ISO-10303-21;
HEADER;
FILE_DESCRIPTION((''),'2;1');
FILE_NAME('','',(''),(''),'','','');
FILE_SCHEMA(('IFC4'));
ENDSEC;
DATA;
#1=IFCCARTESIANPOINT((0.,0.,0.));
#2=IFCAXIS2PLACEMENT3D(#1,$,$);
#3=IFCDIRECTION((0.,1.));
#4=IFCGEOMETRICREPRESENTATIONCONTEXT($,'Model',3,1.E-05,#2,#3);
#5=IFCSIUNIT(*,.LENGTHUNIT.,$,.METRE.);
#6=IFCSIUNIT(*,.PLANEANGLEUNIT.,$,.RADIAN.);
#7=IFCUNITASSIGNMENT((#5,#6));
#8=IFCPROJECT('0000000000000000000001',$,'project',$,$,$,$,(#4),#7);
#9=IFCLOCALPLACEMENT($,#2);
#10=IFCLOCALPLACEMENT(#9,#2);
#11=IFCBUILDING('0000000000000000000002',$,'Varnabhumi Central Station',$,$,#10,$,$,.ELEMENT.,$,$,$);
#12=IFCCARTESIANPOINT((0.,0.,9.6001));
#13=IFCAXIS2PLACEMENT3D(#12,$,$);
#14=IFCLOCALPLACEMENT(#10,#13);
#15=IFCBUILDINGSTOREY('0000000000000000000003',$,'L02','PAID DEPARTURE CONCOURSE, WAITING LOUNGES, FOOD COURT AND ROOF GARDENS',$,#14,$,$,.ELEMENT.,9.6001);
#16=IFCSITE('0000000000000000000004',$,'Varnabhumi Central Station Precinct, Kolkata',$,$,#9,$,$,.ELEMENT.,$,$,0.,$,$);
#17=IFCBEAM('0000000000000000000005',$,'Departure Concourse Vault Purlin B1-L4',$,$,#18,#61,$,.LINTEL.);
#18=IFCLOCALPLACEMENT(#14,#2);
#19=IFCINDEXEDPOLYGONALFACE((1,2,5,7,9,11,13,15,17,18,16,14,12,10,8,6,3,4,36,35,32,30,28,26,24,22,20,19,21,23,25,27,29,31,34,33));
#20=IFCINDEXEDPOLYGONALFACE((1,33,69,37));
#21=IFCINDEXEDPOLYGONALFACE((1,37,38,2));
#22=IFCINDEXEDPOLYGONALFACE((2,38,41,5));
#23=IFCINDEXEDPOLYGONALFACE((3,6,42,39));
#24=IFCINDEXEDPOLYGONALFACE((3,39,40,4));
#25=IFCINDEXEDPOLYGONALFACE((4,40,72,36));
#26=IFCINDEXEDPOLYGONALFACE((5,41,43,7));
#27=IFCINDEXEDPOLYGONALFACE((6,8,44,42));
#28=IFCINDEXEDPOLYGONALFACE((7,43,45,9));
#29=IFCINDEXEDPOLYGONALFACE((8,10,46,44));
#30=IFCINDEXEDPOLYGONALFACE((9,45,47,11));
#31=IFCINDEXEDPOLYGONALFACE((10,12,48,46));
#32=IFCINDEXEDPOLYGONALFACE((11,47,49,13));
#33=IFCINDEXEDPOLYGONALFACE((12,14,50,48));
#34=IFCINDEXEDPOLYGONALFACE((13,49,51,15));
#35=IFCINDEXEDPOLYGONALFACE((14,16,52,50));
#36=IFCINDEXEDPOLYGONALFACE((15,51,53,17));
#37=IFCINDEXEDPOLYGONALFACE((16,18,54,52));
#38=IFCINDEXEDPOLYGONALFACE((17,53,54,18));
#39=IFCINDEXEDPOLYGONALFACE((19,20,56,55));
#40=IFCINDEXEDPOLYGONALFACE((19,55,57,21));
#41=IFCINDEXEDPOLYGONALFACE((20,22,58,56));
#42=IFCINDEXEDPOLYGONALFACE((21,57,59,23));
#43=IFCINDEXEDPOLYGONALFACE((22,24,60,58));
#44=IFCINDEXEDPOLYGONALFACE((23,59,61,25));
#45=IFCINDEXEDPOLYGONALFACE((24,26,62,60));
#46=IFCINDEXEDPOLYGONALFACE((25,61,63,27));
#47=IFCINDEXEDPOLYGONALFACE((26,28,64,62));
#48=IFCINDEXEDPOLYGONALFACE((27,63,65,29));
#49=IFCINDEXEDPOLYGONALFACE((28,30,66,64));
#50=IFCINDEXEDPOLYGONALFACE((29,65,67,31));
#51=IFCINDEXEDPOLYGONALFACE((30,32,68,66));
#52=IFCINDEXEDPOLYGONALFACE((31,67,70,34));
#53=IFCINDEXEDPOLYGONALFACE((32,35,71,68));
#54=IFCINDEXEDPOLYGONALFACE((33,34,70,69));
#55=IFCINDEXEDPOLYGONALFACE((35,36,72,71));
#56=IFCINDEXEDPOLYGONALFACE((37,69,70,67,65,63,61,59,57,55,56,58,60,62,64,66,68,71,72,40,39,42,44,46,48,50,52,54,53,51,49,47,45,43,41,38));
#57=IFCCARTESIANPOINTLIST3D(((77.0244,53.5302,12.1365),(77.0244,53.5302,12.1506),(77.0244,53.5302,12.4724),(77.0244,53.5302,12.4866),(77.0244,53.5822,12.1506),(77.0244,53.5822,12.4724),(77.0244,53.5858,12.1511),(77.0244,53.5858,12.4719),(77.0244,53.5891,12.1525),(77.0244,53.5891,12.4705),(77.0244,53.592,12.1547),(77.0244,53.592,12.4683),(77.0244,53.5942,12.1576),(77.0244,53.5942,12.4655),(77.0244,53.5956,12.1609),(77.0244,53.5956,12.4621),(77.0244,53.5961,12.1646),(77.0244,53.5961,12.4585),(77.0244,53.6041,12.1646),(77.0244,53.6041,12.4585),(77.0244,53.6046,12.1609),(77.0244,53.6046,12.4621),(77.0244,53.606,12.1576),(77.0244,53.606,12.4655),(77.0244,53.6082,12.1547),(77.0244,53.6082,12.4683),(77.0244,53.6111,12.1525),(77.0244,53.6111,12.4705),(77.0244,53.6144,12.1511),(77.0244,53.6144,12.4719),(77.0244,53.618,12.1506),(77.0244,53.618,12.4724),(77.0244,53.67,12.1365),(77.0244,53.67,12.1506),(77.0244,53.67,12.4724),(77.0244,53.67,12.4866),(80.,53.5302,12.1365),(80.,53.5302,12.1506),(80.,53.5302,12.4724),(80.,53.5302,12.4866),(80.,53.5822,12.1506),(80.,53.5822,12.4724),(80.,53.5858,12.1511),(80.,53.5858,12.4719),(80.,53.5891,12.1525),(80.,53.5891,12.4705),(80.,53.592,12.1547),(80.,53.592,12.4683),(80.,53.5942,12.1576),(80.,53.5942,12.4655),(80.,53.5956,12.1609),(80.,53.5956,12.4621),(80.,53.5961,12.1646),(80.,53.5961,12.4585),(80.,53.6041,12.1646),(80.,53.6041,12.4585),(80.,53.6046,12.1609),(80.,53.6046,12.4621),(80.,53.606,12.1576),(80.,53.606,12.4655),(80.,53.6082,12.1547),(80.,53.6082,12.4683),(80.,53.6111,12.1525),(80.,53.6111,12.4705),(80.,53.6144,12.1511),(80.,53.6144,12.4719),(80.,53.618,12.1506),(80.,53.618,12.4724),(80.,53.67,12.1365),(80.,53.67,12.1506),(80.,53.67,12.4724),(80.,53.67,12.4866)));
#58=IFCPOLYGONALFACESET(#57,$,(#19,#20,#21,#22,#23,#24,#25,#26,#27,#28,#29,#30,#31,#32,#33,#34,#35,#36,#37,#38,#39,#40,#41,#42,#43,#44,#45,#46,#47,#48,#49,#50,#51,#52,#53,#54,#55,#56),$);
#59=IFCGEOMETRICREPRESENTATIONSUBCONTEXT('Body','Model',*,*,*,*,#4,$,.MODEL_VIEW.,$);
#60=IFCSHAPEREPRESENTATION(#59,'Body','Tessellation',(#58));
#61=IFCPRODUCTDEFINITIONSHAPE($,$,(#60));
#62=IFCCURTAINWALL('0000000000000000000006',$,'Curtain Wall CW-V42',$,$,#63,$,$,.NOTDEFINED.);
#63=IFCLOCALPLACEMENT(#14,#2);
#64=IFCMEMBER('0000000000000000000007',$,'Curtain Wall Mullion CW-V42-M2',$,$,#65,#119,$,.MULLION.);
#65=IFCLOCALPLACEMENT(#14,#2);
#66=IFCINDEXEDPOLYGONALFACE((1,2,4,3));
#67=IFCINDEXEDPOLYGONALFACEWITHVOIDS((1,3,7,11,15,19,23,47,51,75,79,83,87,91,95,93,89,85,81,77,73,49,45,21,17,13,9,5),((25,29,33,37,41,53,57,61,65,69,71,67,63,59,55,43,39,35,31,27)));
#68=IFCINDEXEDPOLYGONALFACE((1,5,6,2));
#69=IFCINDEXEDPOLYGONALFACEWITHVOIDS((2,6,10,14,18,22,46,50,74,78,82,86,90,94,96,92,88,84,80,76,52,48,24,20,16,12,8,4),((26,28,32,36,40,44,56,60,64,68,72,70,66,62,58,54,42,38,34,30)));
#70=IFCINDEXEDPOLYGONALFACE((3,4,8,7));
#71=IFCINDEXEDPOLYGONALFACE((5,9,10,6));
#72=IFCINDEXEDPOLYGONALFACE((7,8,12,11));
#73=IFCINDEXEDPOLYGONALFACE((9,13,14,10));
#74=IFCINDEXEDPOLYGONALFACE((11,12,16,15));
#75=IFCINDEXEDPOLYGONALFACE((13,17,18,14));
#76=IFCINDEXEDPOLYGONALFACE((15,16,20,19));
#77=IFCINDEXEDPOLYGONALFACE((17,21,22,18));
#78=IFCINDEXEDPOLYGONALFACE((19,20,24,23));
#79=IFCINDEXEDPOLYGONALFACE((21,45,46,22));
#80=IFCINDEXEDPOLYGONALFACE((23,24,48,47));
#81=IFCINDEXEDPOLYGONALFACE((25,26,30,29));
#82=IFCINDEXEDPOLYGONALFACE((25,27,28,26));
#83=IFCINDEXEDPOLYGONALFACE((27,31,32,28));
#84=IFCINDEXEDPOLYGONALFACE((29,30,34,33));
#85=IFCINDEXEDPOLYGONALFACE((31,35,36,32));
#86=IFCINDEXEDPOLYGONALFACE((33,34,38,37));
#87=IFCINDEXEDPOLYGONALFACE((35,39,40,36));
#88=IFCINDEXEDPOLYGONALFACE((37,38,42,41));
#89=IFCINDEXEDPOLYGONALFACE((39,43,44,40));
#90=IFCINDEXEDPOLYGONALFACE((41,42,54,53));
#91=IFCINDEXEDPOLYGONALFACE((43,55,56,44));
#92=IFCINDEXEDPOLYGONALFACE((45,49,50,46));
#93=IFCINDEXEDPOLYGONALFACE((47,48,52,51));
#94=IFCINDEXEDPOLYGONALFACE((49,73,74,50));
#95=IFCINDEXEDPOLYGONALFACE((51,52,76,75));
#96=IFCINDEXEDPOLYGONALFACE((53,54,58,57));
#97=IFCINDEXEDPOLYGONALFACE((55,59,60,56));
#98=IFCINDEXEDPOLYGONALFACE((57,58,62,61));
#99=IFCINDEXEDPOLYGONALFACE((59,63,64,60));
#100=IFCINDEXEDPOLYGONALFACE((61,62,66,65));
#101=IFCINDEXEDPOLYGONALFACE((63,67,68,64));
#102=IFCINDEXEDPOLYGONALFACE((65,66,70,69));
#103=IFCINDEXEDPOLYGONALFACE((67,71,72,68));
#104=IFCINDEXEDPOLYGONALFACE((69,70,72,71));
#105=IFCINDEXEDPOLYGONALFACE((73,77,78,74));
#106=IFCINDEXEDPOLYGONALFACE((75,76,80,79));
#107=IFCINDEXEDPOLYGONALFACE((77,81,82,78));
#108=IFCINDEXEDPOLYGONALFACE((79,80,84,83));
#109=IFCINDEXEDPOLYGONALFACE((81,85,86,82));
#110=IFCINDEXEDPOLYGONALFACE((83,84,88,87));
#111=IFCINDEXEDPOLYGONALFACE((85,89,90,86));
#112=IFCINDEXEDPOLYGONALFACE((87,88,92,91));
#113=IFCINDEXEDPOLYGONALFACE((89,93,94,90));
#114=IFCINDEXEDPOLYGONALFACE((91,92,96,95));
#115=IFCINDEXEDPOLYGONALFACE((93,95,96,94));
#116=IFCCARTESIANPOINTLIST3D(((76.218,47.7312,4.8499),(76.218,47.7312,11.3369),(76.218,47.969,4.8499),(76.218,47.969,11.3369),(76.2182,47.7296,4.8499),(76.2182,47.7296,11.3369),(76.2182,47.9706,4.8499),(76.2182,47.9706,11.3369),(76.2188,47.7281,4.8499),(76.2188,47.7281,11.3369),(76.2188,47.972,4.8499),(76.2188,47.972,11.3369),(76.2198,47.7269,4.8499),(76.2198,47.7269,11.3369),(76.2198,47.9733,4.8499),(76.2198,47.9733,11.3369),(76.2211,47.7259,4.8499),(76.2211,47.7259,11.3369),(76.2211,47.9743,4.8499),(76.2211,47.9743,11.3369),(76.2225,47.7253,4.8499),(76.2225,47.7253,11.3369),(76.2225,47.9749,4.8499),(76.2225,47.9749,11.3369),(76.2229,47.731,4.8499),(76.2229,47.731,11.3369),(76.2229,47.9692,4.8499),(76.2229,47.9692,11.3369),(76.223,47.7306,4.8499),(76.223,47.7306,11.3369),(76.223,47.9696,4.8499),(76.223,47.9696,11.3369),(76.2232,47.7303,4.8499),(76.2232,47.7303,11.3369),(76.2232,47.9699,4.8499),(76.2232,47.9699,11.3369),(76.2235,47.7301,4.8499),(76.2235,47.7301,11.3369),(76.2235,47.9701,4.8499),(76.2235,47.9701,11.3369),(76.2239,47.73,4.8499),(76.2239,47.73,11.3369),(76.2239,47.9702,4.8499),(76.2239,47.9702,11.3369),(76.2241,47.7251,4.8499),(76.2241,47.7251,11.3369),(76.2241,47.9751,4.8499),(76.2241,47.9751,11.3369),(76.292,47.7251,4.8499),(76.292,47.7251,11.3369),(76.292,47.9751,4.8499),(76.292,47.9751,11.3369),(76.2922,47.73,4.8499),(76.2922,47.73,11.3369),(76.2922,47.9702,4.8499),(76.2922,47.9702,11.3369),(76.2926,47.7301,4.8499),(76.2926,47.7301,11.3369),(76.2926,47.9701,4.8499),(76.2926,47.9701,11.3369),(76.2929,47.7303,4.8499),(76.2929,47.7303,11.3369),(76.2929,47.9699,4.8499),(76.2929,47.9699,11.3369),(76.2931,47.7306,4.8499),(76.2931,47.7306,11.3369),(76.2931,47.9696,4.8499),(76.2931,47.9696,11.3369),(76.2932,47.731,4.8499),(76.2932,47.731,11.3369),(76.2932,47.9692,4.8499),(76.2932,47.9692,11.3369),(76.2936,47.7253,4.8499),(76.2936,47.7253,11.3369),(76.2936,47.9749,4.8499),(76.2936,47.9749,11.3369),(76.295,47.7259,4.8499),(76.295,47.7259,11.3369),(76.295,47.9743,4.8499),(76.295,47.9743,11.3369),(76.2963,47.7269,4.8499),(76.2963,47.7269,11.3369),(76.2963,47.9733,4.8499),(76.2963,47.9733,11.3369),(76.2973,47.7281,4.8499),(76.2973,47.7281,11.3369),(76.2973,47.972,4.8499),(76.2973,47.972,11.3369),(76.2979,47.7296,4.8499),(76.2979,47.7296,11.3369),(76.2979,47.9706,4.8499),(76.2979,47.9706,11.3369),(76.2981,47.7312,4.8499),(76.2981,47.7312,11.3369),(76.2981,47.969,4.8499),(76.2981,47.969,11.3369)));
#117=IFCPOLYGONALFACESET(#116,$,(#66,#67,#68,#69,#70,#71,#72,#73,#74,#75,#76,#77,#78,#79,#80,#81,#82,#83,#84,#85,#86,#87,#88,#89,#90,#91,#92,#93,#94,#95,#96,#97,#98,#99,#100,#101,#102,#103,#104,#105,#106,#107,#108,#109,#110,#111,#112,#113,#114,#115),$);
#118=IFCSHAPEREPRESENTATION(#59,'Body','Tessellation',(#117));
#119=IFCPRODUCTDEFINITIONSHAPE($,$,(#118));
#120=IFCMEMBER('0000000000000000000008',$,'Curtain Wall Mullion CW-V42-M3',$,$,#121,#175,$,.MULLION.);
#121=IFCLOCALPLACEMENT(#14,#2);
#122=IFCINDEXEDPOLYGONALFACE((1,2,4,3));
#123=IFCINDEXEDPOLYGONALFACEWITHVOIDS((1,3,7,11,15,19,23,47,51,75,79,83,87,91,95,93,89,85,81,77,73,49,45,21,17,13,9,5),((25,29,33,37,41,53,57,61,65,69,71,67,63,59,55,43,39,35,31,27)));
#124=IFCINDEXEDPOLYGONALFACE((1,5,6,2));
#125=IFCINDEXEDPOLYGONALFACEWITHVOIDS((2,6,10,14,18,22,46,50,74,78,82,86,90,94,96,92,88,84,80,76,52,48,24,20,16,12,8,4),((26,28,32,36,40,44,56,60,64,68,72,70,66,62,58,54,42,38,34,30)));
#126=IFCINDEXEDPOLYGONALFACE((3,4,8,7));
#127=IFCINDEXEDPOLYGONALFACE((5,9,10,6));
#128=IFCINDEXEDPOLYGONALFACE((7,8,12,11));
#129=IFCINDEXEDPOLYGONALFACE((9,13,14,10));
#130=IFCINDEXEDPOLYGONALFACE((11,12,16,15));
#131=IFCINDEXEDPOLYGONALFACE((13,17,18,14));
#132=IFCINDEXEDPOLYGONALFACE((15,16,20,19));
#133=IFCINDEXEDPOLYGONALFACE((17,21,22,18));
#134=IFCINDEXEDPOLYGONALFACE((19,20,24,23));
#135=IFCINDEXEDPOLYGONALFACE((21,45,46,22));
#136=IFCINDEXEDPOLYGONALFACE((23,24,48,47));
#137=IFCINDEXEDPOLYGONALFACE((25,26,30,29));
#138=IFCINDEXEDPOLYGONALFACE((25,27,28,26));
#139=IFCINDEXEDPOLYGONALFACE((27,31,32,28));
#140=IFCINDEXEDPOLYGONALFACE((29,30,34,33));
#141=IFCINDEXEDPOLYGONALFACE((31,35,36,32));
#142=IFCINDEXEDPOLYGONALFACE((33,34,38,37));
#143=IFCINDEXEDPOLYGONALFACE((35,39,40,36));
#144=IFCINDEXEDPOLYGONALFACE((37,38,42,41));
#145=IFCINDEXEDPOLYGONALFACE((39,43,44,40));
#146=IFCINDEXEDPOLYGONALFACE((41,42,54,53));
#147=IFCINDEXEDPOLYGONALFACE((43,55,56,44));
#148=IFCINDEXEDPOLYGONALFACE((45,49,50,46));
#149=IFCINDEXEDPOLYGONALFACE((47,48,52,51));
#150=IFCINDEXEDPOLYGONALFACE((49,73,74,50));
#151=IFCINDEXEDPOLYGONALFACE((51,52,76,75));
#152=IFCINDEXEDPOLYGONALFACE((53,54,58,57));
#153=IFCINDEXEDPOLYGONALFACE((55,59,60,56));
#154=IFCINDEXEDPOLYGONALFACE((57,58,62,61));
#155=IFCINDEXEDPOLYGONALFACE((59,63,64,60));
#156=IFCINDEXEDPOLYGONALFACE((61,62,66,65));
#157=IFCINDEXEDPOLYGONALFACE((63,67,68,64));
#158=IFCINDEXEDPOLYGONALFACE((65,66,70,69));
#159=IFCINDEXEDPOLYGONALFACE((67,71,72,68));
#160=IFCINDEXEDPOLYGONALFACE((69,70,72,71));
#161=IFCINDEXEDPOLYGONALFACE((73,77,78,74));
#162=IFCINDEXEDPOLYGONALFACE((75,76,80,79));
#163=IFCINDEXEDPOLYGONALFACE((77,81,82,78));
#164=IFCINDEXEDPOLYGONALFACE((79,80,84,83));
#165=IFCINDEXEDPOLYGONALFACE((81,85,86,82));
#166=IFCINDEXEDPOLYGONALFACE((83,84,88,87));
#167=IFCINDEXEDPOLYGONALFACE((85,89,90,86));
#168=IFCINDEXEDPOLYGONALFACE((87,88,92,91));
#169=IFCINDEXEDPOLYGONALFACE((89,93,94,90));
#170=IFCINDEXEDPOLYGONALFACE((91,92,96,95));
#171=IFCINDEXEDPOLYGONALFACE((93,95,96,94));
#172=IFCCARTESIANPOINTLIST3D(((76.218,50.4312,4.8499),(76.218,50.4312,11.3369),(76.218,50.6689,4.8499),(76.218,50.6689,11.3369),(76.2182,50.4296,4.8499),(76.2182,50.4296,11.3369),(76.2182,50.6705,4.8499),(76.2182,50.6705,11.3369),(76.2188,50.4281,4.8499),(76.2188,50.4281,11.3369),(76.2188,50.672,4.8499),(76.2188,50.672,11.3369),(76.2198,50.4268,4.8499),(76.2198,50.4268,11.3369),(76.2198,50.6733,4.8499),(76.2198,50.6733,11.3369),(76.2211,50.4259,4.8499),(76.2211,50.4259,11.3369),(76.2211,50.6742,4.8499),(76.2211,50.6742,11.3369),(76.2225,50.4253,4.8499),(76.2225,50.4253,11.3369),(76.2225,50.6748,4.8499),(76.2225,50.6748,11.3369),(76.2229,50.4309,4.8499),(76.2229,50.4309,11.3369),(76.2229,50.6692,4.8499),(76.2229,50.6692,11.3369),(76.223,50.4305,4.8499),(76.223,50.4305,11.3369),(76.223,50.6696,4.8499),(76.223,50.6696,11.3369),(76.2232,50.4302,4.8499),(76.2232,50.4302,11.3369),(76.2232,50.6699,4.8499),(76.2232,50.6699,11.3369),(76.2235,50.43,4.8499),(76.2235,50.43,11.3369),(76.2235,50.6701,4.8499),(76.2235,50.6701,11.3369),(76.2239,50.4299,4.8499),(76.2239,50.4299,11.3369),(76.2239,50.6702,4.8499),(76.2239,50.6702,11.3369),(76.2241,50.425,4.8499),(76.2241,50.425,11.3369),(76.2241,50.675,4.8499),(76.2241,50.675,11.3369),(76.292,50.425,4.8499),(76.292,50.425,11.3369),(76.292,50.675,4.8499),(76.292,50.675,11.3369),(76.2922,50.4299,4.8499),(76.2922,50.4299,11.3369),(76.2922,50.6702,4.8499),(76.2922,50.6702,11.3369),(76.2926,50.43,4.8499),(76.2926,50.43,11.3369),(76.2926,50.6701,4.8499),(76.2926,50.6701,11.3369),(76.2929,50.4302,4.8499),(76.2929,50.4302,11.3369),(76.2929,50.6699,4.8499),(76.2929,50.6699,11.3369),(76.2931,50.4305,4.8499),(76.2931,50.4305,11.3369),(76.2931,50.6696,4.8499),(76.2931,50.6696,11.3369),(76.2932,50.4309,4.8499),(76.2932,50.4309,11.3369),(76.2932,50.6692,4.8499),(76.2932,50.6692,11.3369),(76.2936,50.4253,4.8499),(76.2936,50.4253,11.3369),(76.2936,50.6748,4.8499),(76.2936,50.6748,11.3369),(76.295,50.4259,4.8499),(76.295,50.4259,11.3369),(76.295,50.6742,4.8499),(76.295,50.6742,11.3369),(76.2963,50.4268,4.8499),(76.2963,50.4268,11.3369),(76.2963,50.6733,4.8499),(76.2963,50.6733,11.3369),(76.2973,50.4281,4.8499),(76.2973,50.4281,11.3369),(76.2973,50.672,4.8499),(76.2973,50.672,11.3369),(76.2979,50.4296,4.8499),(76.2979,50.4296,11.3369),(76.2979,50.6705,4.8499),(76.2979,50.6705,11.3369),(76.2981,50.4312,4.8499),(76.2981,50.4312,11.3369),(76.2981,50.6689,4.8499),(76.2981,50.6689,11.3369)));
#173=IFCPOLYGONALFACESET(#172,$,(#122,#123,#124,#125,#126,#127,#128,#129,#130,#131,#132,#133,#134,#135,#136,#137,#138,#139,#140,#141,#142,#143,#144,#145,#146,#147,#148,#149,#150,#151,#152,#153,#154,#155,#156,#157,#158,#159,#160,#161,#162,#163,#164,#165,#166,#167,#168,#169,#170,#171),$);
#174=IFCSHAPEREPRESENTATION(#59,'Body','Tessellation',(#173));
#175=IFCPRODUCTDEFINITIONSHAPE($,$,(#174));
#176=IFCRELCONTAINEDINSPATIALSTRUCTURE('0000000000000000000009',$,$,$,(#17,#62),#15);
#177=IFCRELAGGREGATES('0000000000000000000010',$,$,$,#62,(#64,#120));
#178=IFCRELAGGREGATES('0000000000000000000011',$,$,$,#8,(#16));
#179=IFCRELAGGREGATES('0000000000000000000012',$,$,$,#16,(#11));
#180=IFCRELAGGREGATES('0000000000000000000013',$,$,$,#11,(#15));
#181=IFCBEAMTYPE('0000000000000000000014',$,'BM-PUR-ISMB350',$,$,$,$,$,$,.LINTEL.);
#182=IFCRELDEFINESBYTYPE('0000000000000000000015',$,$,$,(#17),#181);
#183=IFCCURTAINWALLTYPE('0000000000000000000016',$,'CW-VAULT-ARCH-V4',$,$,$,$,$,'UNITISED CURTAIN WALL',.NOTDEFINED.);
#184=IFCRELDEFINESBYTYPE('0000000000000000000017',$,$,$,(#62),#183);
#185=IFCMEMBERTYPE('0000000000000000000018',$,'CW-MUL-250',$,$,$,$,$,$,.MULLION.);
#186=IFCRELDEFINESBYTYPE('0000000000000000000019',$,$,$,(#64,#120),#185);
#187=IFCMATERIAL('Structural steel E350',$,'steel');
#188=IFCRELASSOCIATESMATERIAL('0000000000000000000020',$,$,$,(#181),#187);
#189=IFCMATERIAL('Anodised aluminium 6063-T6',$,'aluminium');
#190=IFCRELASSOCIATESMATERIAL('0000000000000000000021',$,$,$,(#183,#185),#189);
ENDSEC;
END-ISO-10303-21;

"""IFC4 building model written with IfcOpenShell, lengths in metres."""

from ifc_helpers import new_model, si_unit, direction, frame, origin, origin_2d, place, context, subcontext, project, spatial, hollow_rectangle, i_section, extrude, material, material_profile, profile_set, type_object, element, aggregate, save


model = new_model("IFC4")

# Units and contexts
model_context = context("Model", 3, precision=1e-05, world=origin(), true_north=direction((0.0, 1.0)))
body_context = subcontext(model_context, "Body", "Model", "MODEL_VIEW")
ifc_project = project(units=[si_unit("LENGTHUNIT", "METRE"), si_unit("PLANEANGLEUNIT", "RADIAN")], contexts=[model_context])

# Site, building, storey
site_placement = place(None, origin())
site = spatial("IfcSite", under=ifc_project, at=site_placement, Name="Varnabhumi Central Station Precinct, Kolkata", CompositionType="ELEMENT", RefElevation=0.0)
building_placement = place(site_placement, origin())
building = spatial("IfcBuilding", under=site, at=building_placement, Name="Varnabhumi Central Station", CompositionType="ELEMENT")
storey_placement = place(building_placement, frame((0.0, 0.0, 9.6001)))
storey = spatial("IfcBuildingStorey", under=building, at=storey_placement, Name="L02", Description="PAID DEPARTURE CONCOURSE, WAITING LOUNGES, FOOD COURT AND ROOF GARDENS", CompositionType="ELEMENT", Elevation=9.6001)

# Beam
ifc_material_1 = material(Name="Structural steel E350", Category="steel")
ifc_material_profile_1 = material_profile(ifc_material_1, i_section(OverallWidth=0.1399, OverallDepth=0.3501, WebThickness=0.0081, FlangeThickness=0.0142, FilletRadius=0.0139, at=origin_2d()), Name="Structural steel E350", Category="steel")
ifc_profile_set_1 = profile_set([ifc_material_profile_1], Name="Structural steel E350")
beam_type_1 = type_object("IfcBeamType", Name="BM-PUR-ISMB350", PredefinedType="LINTEL", material=ifc_profile_set_1)
beam_1_placement = place(storey_placement, frame((77.0244, 53.6001, 12.3115), z_axis=(1.0, 0.0, 0.0), x_axis=(0.0, 1.0, 0.0)))
element("IfcBeam", 1, at=beam_1_placement, inside=storey, type_object=beam_type_1, Name="Departure Concourse Vault Purlin B1-L4", PredefinedType="LINTEL", context=body_context, shape_type="SweptSolid", body=[
    extrude(i_section(OverallWidth=0.1399, OverallDepth=0.3501, WebThickness=0.0081, FlangeThickness=0.0142, FilletRadius=0.0139, at=origin_2d()), origin(), (0.0, 0.0, 1.0), 2.9756),
])

# Curtain wall, members
ifc_material_2 = material(Name="Anodised aluminium 6063-T6", Category="aluminium")
curtain_wall_type = type_object("IfcCurtainWallType", Name="CW-VAULT-ARCH-V4", ElementType="UNITISED CURTAIN WALL", PredefinedType="NOTDEFINED", material=ifc_material_2)
curtain_wall_1_placement = place(storey_placement, origin())
curtain_wall_1 = element("IfcCurtainWall", 2, at=curtain_wall_1_placement, inside=storey, type_object=curtain_wall_type, Name="Curtain Wall CW-V42", PredefinedType="NOTDEFINED")
ifc_material_profile_2 = material_profile(ifc_material_2, hollow_rectangle(XDim=0.0801, YDim=0.25, WallThickness=0.0049, InnerFilletRadius=0.001, OuterFilletRadius=0.0061, at=origin_2d()), Name="Anodised aluminium 6063-T6", Category="aluminium")
ifc_profile_set_2 = profile_set([ifc_material_profile_2], Name="Anodised aluminium 6063-T6")
member_type_1 = type_object("IfcMemberType", Name="CW-MUL-250", PredefinedType="MULLION", material=ifc_profile_set_2)
member_1_placement = place(storey_placement, frame((76.2581, 47.8501, 4.8499), z_axis=(0.0, 0.0, 1.0), x_axis=(1.0, 0.0, 0.0)))
member_1 = element("IfcMember", 3, at=member_1_placement, type_object=member_type_1, Name="Curtain Wall Mullion CW-V42-M2", PredefinedType="MULLION", context=body_context, shape_type="SweptSolid", body=[
    extrude(hollow_rectangle(XDim=0.0801, YDim=0.25, WallThickness=0.0049, InnerFilletRadius=0.001, OuterFilletRadius=0.0061, at=origin_2d()), origin(), (0.0, 0.0, 1.0), 6.4871),
])
member_2_placement = place(storey_placement, frame((76.2581, 50.55, 4.8499), z_axis=(0.0, 0.0, 1.0), x_axis=(1.0, 0.0, 0.0)))
member_2 = element("IfcMember", 4, at=member_2_placement, type_object=member_type_1, Name="Curtain Wall Mullion CW-V42-M3", PredefinedType="MULLION", context=body_context, shape_type="SweptSolid", body=[
    extrude(hollow_rectangle(XDim=0.0801, YDim=0.25, WallThickness=0.0049, InnerFilletRadius=0.001, OuterFilletRadius=0.0061, at=origin_2d()), origin(), (0.0, 0.0, 1.0), 6.4871),
])

aggregate(curtain_wall_1, [member_1, member_2])

save(model, "model.ifc")
